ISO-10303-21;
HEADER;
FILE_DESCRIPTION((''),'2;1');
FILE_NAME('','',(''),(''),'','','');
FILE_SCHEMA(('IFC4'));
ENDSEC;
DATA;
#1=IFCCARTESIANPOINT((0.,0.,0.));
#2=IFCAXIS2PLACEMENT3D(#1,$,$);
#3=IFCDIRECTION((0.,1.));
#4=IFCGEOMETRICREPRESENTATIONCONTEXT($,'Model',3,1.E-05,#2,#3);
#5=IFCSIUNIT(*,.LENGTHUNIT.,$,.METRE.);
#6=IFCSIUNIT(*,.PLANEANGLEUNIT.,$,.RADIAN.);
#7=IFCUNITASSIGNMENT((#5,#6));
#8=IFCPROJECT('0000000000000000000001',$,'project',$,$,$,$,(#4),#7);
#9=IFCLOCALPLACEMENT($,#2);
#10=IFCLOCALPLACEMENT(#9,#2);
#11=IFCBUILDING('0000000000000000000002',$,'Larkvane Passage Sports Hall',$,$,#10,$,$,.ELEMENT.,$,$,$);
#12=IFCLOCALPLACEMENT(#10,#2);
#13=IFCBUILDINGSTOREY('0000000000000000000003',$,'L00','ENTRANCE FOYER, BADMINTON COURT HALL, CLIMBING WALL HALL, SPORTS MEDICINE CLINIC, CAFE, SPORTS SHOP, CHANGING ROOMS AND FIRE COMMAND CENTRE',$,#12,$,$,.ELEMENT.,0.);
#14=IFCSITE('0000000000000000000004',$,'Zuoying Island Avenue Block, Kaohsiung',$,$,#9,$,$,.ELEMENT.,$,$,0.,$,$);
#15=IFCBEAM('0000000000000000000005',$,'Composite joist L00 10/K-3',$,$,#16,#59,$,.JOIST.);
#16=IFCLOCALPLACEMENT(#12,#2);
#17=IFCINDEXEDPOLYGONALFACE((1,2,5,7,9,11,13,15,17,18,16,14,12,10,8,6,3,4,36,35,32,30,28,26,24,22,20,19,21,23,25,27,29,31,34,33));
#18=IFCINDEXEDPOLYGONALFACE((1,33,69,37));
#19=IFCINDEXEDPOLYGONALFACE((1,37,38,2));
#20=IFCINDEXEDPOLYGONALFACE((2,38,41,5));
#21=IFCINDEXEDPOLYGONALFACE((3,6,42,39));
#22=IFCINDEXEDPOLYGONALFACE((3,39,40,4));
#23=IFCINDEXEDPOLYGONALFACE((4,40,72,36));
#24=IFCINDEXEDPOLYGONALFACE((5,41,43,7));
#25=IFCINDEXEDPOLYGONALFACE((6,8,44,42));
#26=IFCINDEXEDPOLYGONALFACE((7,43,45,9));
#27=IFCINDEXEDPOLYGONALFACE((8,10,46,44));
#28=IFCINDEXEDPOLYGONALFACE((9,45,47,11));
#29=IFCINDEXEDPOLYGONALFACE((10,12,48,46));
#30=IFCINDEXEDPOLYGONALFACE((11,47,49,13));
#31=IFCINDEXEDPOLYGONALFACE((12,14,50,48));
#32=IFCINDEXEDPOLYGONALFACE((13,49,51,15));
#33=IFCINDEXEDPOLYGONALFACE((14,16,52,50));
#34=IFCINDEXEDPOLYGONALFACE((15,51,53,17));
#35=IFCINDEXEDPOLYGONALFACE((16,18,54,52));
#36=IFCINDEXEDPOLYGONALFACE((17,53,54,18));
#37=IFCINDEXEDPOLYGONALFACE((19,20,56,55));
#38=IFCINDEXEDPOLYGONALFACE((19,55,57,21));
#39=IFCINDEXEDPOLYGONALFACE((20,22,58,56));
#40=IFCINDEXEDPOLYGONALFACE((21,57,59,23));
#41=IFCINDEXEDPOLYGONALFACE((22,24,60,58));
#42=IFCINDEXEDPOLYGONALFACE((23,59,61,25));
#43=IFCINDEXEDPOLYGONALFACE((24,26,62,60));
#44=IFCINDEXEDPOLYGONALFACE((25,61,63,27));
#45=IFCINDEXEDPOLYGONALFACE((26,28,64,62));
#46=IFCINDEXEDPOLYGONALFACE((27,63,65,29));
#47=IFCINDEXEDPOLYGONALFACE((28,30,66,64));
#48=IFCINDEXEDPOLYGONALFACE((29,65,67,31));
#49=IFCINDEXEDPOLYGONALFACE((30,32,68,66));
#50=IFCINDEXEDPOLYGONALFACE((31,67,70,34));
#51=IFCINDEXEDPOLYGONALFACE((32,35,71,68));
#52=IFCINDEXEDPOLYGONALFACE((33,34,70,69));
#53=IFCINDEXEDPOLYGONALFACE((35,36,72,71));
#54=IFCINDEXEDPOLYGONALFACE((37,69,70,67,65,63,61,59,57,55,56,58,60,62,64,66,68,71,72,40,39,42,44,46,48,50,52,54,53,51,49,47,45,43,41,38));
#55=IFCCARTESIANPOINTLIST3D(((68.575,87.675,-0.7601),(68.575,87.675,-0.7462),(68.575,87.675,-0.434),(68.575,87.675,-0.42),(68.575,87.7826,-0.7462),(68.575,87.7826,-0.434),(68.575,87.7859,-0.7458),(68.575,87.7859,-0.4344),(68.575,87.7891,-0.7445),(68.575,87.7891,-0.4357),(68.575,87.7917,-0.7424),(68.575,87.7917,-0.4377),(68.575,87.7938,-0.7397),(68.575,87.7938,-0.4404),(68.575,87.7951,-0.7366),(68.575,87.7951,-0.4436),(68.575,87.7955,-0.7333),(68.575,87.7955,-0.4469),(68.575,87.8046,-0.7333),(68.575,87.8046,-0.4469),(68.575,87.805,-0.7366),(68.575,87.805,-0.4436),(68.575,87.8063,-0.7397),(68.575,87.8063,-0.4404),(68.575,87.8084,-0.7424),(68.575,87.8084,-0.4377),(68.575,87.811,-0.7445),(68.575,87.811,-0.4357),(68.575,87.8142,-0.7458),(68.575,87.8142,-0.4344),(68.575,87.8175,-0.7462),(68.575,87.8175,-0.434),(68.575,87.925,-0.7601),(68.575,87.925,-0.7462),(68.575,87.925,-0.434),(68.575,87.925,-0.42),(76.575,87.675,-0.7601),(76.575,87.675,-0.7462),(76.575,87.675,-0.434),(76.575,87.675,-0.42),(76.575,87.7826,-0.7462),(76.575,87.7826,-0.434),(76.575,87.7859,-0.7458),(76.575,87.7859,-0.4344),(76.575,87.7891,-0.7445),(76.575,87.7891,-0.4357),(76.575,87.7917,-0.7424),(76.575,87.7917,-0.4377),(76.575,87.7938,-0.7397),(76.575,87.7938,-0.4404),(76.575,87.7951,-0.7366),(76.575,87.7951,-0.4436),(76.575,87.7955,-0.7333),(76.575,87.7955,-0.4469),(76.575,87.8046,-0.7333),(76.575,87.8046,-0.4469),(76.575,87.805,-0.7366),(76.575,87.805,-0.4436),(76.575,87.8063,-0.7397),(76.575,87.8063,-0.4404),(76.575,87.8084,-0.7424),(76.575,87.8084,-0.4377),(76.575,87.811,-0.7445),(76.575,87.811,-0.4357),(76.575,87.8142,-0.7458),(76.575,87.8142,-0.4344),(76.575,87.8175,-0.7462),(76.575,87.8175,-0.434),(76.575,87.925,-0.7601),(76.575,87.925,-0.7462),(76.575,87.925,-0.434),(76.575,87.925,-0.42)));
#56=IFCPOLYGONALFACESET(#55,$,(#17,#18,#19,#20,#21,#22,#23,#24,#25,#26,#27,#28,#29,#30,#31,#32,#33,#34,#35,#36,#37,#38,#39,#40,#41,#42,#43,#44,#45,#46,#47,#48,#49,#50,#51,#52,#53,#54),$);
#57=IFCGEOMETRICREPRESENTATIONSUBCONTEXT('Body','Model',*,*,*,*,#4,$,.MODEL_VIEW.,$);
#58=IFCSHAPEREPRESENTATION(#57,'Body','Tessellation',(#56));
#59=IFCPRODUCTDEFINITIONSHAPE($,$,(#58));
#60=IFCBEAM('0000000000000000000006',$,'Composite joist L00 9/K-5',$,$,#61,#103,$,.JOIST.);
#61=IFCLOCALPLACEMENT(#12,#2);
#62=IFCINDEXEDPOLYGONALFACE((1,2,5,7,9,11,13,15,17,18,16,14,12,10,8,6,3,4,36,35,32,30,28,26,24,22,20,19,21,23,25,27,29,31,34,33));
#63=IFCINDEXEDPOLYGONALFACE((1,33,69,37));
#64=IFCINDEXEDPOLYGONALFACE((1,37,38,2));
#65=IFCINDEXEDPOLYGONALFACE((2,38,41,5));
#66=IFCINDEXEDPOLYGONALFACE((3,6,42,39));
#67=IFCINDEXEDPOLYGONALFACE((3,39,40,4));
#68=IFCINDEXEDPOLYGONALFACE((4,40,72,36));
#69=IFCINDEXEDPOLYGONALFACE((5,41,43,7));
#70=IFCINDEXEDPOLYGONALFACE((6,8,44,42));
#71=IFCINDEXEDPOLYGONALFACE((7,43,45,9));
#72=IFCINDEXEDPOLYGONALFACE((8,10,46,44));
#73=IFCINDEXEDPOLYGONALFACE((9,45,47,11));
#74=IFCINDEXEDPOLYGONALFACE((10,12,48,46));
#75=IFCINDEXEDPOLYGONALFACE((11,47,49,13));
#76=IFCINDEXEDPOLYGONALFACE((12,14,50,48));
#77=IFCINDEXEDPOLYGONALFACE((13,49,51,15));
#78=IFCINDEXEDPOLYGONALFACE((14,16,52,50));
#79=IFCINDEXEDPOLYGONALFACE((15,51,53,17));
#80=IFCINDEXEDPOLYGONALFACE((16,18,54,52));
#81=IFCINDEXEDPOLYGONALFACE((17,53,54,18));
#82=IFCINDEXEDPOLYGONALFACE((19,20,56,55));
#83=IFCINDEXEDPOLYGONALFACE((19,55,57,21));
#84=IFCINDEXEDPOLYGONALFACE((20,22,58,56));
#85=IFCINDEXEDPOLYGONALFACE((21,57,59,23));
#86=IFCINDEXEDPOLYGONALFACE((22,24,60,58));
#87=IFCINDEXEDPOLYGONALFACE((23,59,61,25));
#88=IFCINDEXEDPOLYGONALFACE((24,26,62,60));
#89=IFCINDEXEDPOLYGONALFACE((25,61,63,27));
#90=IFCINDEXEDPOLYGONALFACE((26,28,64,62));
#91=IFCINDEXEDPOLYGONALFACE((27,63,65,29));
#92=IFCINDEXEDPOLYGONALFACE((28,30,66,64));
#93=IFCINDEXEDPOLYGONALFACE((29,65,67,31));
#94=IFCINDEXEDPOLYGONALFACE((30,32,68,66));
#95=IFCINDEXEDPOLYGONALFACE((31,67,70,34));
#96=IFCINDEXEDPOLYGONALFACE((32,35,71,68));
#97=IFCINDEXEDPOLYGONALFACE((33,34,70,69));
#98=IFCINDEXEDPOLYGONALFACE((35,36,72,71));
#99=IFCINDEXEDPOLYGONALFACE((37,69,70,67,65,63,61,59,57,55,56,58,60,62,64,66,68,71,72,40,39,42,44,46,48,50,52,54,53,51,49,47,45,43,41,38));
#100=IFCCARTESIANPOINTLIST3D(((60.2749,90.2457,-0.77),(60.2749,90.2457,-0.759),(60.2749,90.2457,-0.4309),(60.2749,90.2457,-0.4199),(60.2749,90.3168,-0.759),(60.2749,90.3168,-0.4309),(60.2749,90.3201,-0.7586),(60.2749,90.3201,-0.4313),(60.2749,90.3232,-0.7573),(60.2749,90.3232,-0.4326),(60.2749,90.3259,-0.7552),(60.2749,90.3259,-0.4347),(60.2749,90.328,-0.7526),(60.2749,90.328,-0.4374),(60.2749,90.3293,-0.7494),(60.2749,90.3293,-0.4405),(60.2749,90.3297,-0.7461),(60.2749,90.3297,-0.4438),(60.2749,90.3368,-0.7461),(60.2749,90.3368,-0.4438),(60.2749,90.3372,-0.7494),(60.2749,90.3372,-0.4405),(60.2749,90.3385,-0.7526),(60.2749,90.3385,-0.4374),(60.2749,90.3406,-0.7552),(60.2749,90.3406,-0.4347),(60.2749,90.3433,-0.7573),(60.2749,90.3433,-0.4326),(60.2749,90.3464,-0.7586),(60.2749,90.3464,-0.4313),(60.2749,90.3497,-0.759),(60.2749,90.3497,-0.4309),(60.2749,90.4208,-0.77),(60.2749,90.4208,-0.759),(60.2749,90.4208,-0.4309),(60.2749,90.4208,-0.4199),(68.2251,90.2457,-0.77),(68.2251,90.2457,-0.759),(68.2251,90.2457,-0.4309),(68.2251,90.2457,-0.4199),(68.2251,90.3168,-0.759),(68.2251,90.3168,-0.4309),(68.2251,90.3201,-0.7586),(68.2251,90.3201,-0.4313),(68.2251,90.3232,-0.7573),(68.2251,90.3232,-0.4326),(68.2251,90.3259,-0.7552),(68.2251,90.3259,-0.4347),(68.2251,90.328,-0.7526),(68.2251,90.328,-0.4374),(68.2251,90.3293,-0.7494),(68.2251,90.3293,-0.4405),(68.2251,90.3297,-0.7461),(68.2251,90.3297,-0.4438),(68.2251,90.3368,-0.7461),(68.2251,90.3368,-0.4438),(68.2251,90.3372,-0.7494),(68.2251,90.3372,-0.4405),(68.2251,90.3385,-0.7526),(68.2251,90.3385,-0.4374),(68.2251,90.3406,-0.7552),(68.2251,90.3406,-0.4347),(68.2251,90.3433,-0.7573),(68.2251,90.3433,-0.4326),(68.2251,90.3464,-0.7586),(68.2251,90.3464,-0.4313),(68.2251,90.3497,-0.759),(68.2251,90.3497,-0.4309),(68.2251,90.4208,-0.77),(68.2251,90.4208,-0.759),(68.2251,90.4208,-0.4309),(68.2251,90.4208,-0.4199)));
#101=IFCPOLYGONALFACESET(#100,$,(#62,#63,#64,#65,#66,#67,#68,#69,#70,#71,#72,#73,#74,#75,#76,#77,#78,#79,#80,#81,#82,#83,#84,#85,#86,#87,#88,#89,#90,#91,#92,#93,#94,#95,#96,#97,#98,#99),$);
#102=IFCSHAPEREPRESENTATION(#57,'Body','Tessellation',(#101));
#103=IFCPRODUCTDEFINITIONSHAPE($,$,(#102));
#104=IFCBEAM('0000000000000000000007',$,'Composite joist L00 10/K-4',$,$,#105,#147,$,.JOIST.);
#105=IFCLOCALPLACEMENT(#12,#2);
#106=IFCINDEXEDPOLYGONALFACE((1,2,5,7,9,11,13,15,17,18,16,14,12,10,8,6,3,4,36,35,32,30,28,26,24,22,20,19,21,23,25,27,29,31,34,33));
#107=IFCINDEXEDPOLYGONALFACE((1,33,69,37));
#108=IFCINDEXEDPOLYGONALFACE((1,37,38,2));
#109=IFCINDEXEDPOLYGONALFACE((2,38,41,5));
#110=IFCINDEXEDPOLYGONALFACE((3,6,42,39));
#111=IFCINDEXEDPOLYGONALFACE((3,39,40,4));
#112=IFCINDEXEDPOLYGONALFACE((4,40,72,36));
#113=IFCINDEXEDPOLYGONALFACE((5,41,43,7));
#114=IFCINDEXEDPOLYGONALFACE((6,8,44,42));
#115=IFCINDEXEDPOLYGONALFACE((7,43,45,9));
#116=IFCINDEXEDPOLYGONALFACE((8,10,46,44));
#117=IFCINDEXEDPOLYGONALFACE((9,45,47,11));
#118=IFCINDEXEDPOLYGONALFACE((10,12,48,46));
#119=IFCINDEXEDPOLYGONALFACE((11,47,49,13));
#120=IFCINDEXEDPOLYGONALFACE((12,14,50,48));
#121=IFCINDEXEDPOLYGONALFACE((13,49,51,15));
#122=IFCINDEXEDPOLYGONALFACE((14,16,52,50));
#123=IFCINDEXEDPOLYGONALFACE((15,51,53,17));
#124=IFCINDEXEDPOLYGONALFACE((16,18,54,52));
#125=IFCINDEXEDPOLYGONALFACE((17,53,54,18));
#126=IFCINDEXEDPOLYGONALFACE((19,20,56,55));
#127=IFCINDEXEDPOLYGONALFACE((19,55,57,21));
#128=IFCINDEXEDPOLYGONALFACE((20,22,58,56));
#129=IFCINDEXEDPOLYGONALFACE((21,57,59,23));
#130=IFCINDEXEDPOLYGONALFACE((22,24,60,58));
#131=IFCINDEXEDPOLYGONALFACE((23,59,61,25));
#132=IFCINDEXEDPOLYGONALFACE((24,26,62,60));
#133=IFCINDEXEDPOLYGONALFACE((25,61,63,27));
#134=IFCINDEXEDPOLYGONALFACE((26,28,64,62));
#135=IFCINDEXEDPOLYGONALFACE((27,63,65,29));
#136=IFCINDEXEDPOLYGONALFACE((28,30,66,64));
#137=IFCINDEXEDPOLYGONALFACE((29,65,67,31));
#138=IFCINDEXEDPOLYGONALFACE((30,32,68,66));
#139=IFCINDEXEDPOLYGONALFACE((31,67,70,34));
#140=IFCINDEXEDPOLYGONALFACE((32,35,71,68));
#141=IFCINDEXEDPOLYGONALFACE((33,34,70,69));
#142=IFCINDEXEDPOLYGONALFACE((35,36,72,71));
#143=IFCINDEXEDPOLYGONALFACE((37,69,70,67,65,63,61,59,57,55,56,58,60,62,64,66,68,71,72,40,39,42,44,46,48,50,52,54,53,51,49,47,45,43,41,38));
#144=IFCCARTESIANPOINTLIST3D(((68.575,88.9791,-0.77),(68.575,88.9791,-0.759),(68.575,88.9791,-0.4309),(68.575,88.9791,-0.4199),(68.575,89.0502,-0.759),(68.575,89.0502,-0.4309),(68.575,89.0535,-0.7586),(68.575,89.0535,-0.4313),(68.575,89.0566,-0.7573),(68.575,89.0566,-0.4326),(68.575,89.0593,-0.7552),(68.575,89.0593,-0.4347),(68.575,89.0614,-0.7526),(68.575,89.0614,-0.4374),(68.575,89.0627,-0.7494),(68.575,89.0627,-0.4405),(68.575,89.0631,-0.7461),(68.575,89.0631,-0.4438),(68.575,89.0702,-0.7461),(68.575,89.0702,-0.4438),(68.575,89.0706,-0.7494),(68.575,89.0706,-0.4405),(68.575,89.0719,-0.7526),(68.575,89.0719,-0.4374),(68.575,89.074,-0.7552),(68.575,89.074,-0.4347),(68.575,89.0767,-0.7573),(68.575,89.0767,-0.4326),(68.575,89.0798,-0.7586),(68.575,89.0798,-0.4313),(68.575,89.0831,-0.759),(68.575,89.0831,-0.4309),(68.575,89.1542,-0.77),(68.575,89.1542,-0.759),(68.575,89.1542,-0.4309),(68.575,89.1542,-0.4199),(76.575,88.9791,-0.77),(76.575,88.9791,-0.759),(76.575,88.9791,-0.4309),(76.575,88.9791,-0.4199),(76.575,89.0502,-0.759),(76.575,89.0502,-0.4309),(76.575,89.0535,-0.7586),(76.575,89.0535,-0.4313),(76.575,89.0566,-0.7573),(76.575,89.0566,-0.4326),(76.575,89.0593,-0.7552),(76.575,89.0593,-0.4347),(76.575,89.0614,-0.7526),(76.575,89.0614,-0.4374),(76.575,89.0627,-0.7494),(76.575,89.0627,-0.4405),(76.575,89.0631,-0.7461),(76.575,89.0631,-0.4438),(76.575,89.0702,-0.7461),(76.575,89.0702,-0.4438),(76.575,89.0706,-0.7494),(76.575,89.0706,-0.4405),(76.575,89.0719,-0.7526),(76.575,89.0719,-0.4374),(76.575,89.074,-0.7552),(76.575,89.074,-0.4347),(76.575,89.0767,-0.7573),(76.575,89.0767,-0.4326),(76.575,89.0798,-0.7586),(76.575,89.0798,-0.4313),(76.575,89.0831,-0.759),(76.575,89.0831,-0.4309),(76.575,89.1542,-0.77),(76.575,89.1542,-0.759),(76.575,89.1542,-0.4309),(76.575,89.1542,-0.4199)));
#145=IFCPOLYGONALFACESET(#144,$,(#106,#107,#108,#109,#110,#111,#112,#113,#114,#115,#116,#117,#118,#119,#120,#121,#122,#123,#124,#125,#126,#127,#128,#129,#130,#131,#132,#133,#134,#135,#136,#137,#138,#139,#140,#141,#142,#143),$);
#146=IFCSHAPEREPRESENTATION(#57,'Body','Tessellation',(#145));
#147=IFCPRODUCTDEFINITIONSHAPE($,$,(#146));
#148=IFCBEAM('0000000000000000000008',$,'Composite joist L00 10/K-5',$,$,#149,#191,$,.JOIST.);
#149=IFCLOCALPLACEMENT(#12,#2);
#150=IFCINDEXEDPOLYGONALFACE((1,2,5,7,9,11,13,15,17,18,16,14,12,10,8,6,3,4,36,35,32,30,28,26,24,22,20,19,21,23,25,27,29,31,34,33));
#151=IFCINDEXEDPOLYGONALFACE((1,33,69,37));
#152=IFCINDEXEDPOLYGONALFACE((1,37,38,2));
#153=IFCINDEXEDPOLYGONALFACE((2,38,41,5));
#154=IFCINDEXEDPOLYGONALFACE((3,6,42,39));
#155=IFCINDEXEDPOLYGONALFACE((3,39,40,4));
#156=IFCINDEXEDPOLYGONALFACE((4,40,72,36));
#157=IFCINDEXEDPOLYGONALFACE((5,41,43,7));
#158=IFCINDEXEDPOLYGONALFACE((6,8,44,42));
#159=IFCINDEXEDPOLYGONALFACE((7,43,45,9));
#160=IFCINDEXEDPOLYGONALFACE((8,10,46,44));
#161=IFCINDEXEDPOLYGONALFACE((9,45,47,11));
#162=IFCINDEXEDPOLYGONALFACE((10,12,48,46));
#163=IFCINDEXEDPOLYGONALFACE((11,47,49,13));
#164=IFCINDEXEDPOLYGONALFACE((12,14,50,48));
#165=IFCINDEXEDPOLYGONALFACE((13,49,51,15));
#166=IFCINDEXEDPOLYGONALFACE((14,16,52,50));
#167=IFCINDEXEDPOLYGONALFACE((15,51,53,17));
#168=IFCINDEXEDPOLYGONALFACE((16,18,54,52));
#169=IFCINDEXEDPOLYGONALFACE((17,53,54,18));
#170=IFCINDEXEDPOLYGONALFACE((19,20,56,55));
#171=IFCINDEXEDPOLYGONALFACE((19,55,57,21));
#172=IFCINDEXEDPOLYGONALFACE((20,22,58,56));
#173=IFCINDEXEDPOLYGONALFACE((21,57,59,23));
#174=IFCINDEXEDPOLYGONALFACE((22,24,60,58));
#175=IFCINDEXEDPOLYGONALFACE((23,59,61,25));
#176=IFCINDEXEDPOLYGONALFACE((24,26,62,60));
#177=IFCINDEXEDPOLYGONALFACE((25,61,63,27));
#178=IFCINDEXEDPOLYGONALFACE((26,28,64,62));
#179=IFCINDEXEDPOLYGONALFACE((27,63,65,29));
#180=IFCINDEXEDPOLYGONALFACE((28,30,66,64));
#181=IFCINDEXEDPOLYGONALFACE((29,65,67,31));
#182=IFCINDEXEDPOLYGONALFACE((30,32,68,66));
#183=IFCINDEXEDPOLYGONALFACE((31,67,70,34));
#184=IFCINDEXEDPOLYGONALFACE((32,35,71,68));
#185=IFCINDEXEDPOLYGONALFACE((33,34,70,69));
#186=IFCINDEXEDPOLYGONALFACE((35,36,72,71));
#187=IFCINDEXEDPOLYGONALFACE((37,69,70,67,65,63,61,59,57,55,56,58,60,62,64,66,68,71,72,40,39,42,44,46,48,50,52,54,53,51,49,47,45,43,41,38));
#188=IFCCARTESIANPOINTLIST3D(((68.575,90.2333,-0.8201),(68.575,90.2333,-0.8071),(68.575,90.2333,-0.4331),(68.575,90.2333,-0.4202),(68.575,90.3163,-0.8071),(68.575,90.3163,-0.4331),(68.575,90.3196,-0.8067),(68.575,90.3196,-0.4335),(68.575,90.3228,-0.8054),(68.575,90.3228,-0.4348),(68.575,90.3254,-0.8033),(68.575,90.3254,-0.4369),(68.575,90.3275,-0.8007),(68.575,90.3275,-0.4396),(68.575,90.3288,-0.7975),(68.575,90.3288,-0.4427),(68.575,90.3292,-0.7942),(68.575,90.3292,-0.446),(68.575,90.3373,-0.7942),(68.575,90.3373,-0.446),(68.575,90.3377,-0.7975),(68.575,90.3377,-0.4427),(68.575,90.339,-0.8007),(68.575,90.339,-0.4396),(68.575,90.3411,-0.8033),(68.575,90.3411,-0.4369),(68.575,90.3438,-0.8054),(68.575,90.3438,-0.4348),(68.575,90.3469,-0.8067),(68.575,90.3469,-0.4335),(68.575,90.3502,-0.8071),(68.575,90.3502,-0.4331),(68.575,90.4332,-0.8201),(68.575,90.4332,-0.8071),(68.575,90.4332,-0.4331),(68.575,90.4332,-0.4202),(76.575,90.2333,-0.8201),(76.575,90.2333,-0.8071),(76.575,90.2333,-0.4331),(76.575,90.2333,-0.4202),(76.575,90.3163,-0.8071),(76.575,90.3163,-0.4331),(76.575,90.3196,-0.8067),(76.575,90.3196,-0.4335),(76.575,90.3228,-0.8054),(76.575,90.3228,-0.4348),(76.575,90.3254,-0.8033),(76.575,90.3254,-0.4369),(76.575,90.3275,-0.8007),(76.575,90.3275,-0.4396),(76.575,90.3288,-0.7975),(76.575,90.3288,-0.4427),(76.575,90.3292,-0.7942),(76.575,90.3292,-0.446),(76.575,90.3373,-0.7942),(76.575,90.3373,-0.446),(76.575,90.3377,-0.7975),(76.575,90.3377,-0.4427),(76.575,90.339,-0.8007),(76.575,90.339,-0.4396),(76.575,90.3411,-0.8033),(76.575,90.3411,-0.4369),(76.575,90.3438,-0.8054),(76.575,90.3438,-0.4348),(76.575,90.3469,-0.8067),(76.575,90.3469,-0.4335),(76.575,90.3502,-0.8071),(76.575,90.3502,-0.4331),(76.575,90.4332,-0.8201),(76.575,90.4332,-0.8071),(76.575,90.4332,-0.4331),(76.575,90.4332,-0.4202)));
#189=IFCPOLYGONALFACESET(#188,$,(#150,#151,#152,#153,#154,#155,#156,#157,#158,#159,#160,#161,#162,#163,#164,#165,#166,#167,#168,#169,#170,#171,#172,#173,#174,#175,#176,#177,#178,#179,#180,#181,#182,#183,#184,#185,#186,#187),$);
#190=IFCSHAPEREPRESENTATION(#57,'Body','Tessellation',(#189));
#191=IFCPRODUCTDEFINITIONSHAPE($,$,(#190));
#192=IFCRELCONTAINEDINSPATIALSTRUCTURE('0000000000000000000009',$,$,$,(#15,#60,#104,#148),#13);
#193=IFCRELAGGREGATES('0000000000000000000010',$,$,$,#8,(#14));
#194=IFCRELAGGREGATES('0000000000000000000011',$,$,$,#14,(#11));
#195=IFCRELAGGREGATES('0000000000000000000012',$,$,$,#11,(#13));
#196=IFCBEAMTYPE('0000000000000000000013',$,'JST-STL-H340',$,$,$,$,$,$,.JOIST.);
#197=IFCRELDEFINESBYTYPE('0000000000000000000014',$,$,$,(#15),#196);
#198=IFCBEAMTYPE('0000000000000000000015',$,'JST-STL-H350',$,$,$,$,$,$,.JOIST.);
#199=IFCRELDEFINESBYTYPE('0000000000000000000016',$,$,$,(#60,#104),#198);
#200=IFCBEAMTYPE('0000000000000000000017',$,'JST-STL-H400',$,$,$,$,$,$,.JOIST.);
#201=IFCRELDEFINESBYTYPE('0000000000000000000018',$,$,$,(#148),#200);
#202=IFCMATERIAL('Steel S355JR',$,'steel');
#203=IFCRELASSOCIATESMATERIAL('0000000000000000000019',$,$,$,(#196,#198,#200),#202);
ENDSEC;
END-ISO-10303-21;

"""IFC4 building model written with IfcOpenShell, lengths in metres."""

from ifc_helpers import new_model, si_unit, direction, frame, origin, origin_2d, place, context, subcontext, project, spatial, i_section, extrude, material, material_profile, profile_set, type_object, element, save


model = new_model("IFC4")

# Units and contexts
model_context = context("Model", 3, precision=1e-05, world=origin(), true_north=direction((0.0, 1.0)))
body_context = subcontext(model_context, "Body", "Model", "MODEL_VIEW")
ifc_project = project(units=[si_unit("LENGTHUNIT", "METRE"), si_unit("PLANEANGLEUNIT", "RADIAN")], contexts=[model_context])

# Site, building, storey
site_placement = place(None, origin())
site = spatial("IfcSite", under=ifc_project, at=site_placement, Name="Zuoying Island Avenue Block, Kaohsiung", CompositionType="ELEMENT", RefElevation=0.0)
building_placement = place(site_placement, origin())
building = spatial("IfcBuilding", under=site, at=building_placement, Name="Larkvane Passage Sports Hall", CompositionType="ELEMENT")
storey_placement = place(building_placement, origin())
storey = spatial("IfcBuildingStorey", under=building, at=storey_placement, Name="L00", Description="ENTRANCE FOYER, BADMINTON COURT HALL, CLIMBING WALL HALL, SPORTS MEDICINE CLINIC, CAFE, SPORTS SHOP, CHANGING ROOMS AND FIRE COMMAND CENTRE", CompositionType="ELEMENT", Elevation=0.0)

# Beams
ifc_material_1 = material(Name="Steel S355JR", Category="steel")
ifc_material_profile_1 = material_profile(ifc_material_1, i_section(OverallWidth=0.25, OverallDepth=0.3401, WebThickness=0.009, FlangeThickness=0.0139, FilletRadius=0.0129, at=origin_2d()), Name="H-340x250x9x14")
ifc_profile_set_1 = profile_set([ifc_material_profile_1], Name="Steel S355JR")
beam_type_1 = type_object("IfcBeamType", Name="JST-STL-H340", PredefinedType="JOIST", material=ifc_profile_set_1)
beam_1_placement = place(storey_placement, frame((68.575, 87.8, -0.5901), z_axis=(1.0, 0.0, 0.0), x_axis=(0.0, 1.0, 0.0)))
element("IfcBeam", 1, at=beam_1_placement, inside=storey, type_object=beam_type_1, Name="Composite joist L00 10/K-3", PredefinedType="JOIST", context=body_context, shape_type="SweptSolid", body=[
    extrude(i_section(OverallWidth=0.25, OverallDepth=0.3401, WebThickness=0.009, FlangeThickness=0.0139, FilletRadius=0.0129, at=origin_2d()), origin(), (0.0, 0.0, 1.0), 8.0),
])
ifc_material_profile_2 = material_profile(ifc_material_1, i_section(OverallWidth=0.175, OverallDepth=0.3501, WebThickness=0.0071, FlangeThickness=0.011, FilletRadius=0.0129, at=origin_2d()), Name="H-350x175x7x11")
ifc_profile_set_2 = profile_set([ifc_material_profile_2], Name="Steel S355JR")
beam_type_2 = type_object("IfcBeamType", Name="JST-STL-H350", PredefinedType="JOIST", material=ifc_profile_set_2)
beam_2_placement = place(storey_placement, frame((60.2749, 90.3333, -0.595), z_axis=(1.0, 0.0, 0.0), x_axis=(0.0, 1.0, 0.0)))
element("IfcBeam", 2, at=beam_2_placement, inside=storey, type_object=beam_type_2, Name="Composite joist L00 9/K-5", PredefinedType="JOIST", context=body_context, shape_type="SweptSolid", body=[
    extrude(i_section(OverallWidth=0.175, OverallDepth=0.3501, WebThickness=0.0071, FlangeThickness=0.011, FilletRadius=0.0129, at=origin_2d()), origin(), (0.0, 0.0, 1.0), 7.9502),
])
beam_3_placement = place(storey_placement, frame((68.575, 89.0667, -0.595), z_axis=(1.0, 0.0, 0.0), x_axis=(0.0, 1.0, 0.0)))
element("IfcBeam", 3, at=beam_3_placement, inside=storey, type_object=beam_type_2, Name="Composite joist L00 10/K-4", PredefinedType="JOIST", context=body_context, shape_type="SweptSolid", body=[
    extrude(i_section(OverallWidth=0.175, OverallDepth=0.3501, WebThickness=0.0071, FlangeThickness=0.011, FilletRadius=0.0129, at=origin_2d()), origin(), (0.0, 0.0, 1.0), 8.0),
])
ifc_material_profile_3 = material_profile(ifc_material_1, i_section(OverallWidth=0.2, OverallDepth=0.3999, WebThickness=0.0081, FlangeThickness=0.0129, FilletRadius=0.0129, at=origin_2d()), Name="H-400x200x8x13")
ifc_profile_set_3 = profile_set([ifc_material_profile_3], Name="Steel S355JR")
beam_type_3 = type_object("IfcBeamType", Name="JST-STL-H400", PredefinedType="JOIST", material=ifc_profile_set_3)
beam_4_placement = place(storey_placement, frame((68.575, 90.3333, -0.6201), z_axis=(1.0, 0.0, 0.0), x_axis=(0.0, 1.0, 0.0)))
element("IfcBeam", 4, at=beam_4_placement, inside=storey, type_object=beam_type_3, Name="Composite joist L00 10/K-5", PredefinedType="JOIST", context=body_context, shape_type="SweptSolid", body=[
    extrude(i_section(OverallWidth=0.2, OverallDepth=0.3999, WebThickness=0.0081, FlangeThickness=0.0129, FilletRadius=0.0129, at=origin_2d()), origin(), (0.0, 0.0, 1.0), 8.0),
])

save(model, "model.ifc")
